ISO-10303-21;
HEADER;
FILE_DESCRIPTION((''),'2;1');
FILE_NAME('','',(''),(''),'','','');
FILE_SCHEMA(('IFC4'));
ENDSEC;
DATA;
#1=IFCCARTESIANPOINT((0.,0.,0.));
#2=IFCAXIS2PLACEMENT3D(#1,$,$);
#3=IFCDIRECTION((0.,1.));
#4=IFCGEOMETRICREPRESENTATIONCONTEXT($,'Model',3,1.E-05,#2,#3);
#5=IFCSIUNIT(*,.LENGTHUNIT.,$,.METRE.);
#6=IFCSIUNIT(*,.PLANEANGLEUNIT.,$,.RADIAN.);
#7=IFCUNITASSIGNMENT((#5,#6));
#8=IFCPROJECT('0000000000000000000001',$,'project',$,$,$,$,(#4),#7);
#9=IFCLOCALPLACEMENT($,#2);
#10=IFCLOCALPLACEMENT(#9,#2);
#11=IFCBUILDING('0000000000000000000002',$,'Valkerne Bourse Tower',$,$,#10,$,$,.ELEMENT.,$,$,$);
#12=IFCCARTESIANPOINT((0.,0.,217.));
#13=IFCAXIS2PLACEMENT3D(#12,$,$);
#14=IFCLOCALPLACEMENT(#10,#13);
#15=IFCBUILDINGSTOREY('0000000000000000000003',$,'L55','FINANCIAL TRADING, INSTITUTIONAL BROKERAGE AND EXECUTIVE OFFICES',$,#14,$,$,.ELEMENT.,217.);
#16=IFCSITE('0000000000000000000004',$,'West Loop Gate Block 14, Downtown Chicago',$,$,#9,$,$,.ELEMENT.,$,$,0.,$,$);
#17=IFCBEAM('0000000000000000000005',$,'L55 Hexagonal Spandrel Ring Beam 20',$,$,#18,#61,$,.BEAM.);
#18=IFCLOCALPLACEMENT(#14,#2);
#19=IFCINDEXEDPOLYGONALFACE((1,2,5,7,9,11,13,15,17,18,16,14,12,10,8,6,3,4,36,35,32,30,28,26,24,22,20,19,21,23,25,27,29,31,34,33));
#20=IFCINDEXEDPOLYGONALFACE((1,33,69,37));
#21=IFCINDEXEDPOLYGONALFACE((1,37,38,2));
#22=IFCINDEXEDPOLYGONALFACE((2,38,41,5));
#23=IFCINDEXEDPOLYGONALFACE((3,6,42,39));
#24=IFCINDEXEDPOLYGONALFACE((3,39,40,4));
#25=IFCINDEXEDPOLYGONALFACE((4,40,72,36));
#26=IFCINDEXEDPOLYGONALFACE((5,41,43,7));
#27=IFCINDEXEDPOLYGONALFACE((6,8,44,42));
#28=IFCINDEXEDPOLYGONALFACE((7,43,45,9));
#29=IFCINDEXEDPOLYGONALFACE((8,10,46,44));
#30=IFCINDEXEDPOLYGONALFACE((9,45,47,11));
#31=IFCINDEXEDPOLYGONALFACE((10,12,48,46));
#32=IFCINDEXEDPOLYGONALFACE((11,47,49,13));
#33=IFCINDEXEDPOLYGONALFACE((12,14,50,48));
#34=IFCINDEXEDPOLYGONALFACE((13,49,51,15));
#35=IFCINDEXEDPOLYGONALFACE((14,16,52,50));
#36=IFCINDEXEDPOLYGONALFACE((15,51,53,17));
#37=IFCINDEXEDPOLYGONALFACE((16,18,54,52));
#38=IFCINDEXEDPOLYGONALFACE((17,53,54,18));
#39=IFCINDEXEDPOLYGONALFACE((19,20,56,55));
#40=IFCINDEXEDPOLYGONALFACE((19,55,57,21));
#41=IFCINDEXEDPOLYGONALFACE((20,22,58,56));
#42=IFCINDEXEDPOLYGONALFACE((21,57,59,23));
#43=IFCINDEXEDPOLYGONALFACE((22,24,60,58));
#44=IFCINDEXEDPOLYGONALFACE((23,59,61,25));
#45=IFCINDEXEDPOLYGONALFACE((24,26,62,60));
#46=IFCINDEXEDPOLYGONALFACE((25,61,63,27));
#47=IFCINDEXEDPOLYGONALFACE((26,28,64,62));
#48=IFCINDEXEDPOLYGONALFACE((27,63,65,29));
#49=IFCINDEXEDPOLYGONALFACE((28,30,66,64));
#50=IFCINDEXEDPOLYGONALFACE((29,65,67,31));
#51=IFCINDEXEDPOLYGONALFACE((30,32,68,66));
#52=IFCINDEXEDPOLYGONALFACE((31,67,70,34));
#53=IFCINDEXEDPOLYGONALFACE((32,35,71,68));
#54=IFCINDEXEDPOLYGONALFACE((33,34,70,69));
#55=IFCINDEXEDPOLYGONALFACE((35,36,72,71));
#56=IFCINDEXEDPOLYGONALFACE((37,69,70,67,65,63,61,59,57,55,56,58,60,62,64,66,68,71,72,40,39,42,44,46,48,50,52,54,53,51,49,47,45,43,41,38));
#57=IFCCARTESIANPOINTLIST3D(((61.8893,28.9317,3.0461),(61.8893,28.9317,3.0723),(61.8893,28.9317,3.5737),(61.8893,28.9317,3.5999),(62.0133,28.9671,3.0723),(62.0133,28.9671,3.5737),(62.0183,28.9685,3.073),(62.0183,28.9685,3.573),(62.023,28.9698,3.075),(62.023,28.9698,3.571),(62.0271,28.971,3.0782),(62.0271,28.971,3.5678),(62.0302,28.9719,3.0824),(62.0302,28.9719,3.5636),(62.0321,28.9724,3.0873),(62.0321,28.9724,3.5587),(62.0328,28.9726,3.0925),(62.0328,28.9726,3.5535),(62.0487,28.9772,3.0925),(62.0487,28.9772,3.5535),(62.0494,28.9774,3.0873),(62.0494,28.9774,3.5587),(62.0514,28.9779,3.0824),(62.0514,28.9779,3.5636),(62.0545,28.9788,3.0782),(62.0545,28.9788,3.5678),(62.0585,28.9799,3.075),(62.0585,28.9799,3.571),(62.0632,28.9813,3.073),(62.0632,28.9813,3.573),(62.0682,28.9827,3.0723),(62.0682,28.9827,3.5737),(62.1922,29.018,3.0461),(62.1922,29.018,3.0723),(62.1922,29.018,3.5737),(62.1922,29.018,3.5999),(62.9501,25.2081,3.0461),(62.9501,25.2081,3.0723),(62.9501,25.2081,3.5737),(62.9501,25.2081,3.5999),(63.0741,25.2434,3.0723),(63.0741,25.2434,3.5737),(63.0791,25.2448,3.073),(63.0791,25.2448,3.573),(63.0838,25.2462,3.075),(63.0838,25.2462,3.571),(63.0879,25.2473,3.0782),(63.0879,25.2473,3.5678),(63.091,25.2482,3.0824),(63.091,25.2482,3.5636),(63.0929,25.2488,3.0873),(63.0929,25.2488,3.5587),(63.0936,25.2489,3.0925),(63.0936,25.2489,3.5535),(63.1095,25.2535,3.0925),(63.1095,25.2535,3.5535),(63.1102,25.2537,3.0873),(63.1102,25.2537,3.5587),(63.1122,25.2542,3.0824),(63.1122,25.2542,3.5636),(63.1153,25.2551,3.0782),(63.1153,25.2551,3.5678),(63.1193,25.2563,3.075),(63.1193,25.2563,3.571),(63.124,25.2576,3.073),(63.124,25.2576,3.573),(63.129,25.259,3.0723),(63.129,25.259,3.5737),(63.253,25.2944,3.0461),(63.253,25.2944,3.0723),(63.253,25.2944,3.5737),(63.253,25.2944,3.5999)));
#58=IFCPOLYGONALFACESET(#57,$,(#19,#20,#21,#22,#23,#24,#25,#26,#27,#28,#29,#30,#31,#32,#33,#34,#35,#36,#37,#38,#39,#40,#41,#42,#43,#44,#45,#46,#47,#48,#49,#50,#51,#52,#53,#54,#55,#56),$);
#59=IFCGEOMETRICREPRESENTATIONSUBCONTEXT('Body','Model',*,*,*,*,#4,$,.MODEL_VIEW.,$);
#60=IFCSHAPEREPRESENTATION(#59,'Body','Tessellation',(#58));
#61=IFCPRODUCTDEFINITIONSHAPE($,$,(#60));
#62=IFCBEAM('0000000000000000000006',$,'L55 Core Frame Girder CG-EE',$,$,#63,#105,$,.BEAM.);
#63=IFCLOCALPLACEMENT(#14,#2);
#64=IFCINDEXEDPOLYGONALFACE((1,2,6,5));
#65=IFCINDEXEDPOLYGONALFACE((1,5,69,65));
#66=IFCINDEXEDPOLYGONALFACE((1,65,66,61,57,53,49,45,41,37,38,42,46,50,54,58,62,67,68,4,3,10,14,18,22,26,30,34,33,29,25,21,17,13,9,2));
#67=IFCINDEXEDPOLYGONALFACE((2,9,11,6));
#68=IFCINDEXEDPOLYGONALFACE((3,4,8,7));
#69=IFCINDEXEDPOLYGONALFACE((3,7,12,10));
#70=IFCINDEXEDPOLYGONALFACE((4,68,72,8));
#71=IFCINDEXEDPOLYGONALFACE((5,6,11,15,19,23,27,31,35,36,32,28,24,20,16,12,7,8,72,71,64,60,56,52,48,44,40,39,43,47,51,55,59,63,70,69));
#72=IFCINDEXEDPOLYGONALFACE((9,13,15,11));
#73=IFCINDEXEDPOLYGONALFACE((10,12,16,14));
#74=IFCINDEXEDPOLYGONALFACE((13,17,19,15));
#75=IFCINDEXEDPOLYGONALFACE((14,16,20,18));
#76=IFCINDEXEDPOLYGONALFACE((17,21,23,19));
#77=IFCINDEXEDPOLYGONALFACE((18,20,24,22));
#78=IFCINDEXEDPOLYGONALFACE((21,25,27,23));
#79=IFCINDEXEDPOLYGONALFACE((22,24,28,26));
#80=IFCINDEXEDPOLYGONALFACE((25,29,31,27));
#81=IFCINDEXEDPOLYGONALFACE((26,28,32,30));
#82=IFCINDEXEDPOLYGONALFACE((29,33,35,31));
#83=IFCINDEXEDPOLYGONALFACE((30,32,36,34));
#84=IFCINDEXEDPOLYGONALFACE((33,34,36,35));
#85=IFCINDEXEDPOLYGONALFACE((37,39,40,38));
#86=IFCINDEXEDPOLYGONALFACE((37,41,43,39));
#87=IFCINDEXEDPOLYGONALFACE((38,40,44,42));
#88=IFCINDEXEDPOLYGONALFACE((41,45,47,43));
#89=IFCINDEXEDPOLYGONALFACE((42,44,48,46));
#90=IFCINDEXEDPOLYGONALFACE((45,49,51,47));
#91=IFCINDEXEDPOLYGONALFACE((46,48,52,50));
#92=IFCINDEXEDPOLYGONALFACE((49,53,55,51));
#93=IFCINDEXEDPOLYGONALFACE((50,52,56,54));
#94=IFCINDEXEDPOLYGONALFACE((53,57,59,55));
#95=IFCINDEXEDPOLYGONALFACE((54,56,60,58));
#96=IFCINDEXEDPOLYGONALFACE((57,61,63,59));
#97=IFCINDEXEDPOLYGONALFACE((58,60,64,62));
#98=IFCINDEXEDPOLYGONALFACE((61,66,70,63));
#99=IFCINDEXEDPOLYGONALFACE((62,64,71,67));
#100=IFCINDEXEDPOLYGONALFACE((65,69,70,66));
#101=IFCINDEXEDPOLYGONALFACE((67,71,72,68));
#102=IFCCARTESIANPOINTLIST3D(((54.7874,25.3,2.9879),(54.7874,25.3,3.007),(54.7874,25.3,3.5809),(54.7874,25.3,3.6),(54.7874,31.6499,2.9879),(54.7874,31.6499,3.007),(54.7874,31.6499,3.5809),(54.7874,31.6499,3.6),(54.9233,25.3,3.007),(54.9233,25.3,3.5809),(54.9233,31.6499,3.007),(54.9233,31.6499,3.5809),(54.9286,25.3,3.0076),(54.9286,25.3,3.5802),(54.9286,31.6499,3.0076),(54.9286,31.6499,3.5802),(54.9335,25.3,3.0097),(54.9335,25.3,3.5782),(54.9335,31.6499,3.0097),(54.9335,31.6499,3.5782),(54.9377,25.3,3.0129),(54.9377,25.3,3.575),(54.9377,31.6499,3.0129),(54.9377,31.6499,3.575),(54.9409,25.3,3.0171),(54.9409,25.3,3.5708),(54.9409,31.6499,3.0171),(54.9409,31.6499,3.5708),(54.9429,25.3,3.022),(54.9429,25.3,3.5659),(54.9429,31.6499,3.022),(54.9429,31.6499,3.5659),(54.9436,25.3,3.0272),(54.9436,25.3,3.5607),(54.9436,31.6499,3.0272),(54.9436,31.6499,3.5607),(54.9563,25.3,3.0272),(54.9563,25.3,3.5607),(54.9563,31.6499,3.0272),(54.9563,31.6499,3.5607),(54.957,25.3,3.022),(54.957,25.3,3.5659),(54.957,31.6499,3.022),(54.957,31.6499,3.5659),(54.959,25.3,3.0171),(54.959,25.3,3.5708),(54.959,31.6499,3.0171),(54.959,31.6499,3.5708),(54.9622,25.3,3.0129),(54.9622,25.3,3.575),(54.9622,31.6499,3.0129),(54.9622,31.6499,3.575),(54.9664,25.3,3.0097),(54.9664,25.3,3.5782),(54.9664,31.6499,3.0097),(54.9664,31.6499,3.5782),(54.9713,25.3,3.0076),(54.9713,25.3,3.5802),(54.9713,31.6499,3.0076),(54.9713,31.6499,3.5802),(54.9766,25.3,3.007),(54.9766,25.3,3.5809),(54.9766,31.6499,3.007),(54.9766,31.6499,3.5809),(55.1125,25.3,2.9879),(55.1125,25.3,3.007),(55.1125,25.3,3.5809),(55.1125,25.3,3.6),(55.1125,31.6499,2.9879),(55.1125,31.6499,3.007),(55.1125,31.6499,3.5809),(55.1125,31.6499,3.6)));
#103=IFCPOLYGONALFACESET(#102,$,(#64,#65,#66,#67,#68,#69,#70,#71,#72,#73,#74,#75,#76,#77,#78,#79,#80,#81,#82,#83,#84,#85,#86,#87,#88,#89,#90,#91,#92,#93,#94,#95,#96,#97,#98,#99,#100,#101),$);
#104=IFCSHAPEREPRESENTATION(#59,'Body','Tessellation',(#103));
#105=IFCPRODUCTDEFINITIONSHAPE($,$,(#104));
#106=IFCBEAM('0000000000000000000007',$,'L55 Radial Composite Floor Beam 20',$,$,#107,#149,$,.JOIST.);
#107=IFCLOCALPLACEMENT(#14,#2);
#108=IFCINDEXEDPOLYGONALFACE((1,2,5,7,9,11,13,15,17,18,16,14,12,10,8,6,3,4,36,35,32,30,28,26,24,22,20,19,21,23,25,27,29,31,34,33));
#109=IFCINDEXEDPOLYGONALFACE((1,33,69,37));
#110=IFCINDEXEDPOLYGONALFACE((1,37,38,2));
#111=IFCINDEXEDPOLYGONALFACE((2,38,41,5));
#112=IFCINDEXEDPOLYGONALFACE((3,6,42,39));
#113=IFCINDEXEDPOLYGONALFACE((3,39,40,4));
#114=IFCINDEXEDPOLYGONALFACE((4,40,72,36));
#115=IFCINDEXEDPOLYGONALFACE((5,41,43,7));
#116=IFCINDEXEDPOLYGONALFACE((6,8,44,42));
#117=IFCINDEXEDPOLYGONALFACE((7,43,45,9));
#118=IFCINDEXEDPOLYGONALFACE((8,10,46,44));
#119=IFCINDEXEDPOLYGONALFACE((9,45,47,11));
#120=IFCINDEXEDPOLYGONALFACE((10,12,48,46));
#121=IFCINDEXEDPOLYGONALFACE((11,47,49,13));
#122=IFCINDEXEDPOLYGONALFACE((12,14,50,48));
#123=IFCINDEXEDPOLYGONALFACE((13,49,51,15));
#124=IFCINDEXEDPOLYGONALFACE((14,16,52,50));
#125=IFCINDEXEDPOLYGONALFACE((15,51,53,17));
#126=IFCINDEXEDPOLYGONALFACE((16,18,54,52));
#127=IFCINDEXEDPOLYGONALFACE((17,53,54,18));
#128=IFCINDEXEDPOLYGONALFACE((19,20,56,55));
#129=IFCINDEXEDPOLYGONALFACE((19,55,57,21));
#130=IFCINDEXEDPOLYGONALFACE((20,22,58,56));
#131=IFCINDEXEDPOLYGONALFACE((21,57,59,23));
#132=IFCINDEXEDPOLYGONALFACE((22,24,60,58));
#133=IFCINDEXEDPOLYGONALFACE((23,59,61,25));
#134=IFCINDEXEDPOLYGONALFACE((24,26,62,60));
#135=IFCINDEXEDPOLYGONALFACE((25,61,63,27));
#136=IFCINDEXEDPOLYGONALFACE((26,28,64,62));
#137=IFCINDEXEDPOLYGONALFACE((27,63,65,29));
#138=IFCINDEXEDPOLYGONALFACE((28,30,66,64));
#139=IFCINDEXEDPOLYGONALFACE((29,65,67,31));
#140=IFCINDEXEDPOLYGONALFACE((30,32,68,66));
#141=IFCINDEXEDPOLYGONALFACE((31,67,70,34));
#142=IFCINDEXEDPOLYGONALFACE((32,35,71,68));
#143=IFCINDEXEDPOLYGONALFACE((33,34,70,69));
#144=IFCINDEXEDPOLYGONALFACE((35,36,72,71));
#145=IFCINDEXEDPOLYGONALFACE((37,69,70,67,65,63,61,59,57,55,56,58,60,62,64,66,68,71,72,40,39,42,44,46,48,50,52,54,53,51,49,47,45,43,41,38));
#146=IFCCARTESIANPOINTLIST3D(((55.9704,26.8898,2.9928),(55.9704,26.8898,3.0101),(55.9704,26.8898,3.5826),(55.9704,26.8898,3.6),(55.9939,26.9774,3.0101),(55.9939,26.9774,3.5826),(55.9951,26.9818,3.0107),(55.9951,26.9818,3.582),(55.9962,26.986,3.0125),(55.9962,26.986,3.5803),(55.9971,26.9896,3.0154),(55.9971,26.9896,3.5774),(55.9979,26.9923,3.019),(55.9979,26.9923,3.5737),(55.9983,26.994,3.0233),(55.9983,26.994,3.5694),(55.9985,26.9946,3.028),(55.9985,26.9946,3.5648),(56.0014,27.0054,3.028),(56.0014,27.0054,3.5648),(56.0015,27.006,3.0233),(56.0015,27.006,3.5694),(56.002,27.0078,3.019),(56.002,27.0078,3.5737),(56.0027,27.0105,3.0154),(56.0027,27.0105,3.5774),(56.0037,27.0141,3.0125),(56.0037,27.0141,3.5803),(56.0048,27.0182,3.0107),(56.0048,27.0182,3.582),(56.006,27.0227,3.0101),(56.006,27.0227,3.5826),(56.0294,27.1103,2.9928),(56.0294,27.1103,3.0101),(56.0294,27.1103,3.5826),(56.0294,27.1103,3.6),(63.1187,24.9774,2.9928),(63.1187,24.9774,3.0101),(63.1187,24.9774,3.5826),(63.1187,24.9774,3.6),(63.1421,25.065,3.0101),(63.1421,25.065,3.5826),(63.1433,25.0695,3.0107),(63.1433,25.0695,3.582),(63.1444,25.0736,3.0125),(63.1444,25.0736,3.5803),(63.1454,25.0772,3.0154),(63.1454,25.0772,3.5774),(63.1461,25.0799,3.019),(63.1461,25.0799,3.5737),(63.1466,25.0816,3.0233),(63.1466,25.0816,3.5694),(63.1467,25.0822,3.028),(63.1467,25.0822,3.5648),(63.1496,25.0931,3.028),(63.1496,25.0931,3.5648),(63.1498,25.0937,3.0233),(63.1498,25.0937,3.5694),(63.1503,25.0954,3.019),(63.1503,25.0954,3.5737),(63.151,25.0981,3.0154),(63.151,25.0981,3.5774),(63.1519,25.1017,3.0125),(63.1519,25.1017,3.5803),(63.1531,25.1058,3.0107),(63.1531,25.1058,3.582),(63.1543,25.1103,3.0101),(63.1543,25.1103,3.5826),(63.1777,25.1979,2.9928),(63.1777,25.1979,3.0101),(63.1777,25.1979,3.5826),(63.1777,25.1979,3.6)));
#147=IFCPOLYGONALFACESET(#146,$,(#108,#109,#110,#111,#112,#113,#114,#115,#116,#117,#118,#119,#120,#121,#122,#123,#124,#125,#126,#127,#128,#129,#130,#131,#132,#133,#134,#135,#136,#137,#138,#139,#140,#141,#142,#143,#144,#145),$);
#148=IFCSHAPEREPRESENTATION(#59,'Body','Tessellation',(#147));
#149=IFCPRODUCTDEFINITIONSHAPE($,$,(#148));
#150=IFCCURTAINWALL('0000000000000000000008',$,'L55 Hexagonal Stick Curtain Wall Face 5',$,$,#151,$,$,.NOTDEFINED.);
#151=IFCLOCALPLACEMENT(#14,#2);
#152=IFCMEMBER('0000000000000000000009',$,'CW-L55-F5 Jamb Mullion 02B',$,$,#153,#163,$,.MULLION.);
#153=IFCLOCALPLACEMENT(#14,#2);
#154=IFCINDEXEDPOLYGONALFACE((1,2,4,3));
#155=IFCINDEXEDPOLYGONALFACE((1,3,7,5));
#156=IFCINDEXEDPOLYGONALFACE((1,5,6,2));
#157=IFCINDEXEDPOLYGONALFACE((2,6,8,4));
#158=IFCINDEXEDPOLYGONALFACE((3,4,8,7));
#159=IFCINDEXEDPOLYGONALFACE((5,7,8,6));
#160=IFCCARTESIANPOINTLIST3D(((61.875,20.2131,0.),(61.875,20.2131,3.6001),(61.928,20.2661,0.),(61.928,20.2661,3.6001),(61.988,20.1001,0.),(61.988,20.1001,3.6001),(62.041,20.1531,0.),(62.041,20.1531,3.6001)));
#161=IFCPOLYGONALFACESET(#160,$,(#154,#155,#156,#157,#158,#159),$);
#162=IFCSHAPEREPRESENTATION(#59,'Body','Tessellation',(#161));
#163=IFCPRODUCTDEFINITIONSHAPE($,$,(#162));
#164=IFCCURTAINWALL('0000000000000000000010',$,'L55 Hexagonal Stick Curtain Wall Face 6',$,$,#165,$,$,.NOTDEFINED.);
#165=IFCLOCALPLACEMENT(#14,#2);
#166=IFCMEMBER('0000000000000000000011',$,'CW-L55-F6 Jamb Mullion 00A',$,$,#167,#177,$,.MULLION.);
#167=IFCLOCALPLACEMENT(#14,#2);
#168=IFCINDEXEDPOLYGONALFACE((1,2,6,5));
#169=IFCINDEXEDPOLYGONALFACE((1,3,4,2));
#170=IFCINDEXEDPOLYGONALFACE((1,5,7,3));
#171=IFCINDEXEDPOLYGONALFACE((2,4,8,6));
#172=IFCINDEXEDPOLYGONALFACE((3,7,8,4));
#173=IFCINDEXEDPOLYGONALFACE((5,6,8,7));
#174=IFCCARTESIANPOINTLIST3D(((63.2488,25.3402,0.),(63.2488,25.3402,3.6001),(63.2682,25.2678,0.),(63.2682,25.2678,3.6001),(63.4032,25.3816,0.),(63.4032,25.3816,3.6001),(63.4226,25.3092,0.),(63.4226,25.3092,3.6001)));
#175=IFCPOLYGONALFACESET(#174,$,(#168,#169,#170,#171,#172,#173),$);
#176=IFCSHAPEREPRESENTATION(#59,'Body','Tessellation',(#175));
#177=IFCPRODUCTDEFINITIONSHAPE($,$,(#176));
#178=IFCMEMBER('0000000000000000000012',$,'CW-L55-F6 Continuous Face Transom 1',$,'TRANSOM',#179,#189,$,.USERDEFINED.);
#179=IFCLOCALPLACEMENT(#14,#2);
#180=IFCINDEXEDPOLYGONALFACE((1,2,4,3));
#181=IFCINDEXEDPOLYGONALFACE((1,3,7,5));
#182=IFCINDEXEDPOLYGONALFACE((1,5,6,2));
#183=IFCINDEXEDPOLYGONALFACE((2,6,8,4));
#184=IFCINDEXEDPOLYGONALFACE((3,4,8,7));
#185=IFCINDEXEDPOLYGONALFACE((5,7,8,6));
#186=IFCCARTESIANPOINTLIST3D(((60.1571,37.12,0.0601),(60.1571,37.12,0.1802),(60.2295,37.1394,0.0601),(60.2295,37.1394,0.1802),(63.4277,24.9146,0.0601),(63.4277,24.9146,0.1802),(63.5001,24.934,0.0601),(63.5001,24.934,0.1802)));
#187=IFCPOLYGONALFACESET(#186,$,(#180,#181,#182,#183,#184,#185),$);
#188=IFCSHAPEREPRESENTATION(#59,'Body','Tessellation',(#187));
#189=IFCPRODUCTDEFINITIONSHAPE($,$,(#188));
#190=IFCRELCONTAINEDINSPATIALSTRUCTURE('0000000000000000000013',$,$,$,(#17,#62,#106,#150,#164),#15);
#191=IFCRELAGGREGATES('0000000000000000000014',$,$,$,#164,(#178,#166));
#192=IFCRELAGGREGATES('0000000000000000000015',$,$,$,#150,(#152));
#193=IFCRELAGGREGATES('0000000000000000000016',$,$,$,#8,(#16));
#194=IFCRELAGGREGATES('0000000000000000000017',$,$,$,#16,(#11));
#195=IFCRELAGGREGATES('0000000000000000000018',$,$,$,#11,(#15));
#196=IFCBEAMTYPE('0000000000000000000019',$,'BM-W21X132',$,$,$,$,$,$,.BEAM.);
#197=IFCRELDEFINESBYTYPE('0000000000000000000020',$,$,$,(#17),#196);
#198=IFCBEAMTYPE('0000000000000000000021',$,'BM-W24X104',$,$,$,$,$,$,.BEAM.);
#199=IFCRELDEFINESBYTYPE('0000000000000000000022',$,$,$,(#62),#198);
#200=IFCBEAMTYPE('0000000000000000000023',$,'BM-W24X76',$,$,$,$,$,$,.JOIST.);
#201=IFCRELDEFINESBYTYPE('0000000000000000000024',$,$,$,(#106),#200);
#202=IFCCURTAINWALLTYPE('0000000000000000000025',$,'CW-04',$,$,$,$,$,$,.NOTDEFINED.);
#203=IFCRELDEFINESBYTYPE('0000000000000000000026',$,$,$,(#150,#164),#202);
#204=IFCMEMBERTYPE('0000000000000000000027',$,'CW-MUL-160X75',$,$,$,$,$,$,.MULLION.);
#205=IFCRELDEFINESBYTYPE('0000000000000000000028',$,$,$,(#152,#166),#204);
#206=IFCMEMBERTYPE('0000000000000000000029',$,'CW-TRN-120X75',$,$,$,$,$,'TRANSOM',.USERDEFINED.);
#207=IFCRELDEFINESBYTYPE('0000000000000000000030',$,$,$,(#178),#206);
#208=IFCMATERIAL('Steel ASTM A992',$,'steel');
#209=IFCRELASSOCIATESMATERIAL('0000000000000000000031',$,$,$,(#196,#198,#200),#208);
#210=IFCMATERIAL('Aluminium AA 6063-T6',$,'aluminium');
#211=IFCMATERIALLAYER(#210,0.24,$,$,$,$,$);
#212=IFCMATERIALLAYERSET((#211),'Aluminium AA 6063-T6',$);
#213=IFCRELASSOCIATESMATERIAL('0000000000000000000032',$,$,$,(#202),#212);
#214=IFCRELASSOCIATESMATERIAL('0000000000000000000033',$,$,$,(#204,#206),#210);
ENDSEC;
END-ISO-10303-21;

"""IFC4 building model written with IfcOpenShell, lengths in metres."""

from ifc_helpers import new_model, si_unit, direction, frame, origin, origin_2d, place, context, subcontext, project, spatial, rectangle, i_section, extrude, material, layer, layer_set, material_profile, profile_set, type_object, element, aggregate, save


model = new_model("IFC4")

# Units and contexts
model_context = context("Model", 3, precision=1e-05, world=origin(), true_north=direction((0.0, 1.0)))
body_context = subcontext(model_context, "Body", "Model", "MODEL_VIEW")
ifc_project = project(units=[si_unit("LENGTHUNIT", "METRE"), si_unit("PLANEANGLEUNIT", "RADIAN")], contexts=[model_context])

# Site, building, storey
site_placement = place(None, origin())
site = spatial("IfcSite", under=ifc_project, at=site_placement, Name="West Loop Gate Block 14, Downtown Chicago", CompositionType="ELEMENT", RefElevation=0.0)
building_placement = place(site_placement, origin())
building = spatial("IfcBuilding", under=site, at=building_placement, Name="Valkerne Bourse Tower", CompositionType="ELEMENT")
storey_placement = place(building_placement, frame((0.0, 0.0, 217.0)))
storey = spatial("IfcBuildingStorey", under=building, at=storey_placement, Name="L55", Description="FINANCIAL TRADING, INSTITUTIONAL BROKERAGE AND EXECUTIVE OFFICES", CompositionType="ELEMENT", Elevation=217.0)

# Beams
ifc_material_1 = material(Name="Steel ASTM A992", Category="steel")
ifc_material_profile_1 = material_profile(ifc_material_1, i_section(OverallWidth=0.3149, OverallDepth=0.5537, WebThickness=0.0166, FlangeThickness=0.0261, FilletRadius=0.0203, at=origin_2d()), Name="W21X132")
ifc_profile_set_1 = profile_set([ifc_material_profile_1], Name="Steel ASTM A992")
beam_type_1 = type_object("IfcBeamType", Name="BM-W21X132", PredefinedType="BEAM", material=ifc_profile_set_1)
beam_1_placement = place(storey_placement, frame((63.1016, 25.2512, 3.323), z_axis=(-0.27398, 0.961735, 0.0), x_axis=(-0.961735, -0.27398, 0.0)))
element("IfcBeam", 1, at=beam_1_placement, inside=storey, type_object=beam_type_1, Name="L55 Hexagonal Spandrel Ring Beam 20", PredefinedType="BEAM", context=body_context, shape_type="SweptSolid", body=[
    extrude(i_section(OverallWidth=0.3149, OverallDepth=0.5537, WebThickness=0.0166, FlangeThickness=0.0261, FilletRadius=0.0203, at=origin_2d()), origin(), (0.0, 0.0, 1.0), 3.8718),
])
ifc_material_profile_2 = material_profile(ifc_material_1, i_section(OverallWidth=0.3252, OverallDepth=0.6121, WebThickness=0.0127, FlangeThickness=0.019, FilletRadius=0.0203, at=origin_2d()), Name="W24X104")
ifc_profile_set_2 = profile_set([ifc_material_profile_2], Name="Steel ASTM A992")
beam_type_2 = type_object("IfcBeamType", Name="BM-W24X104", PredefinedType="BEAM", material=ifc_profile_set_2)
beam_2_placement = place(storey_placement, frame((54.95, 25.3, 3.2939), z_axis=(0.0, 1.0, 0.0), x_axis=(-1.0, 0.0, 0.0)))
element("IfcBeam", 2, at=beam_2_placement, inside=storey, type_object=beam_type_2, Name="L55 Core Frame Girder CG-EE", PredefinedType="BEAM", context=body_context, shape_type="SweptSolid", body=[
    extrude(i_section(OverallWidth=0.3252, OverallDepth=0.6121, WebThickness=0.0127, FlangeThickness=0.019, FilletRadius=0.0203, at=origin_2d()), origin(), (0.0, 0.0, 1.0), 6.3499),
])
ifc_material_profile_3 = material_profile(ifc_material_1, i_section(OverallWidth=0.2283, OverallDepth=0.6072, WebThickness=0.0112, FlangeThickness=0.0173, FilletRadius=0.0178, at=origin_2d()), Name="W24X76")
ifc_profile_set_3 = profile_set([ifc_material_profile_3], Name="Steel ASTM A992")
beam_type_3 = type_object("IfcBeamType", Name="BM-W24X76", PredefinedType="JOIST", material=ifc_profile_set_3)
beam_3_placement = place(storey_placement, frame((63.1482, 25.0876, 3.2964), z_axis=(-0.966027, 0.258441, 0.0), x_axis=(-0.258441, -0.966027, 0.0)))
element("IfcBeam", 3, at=beam_3_placement, inside=storey, type_object=beam_type_3, Name="L55 Radial Composite Floor Beam 20", PredefinedType="JOIST", context=body_context, shape_type="SweptSolid", body=[
    extrude(i_section(OverallWidth=0.2283, OverallDepth=0.6072, WebThickness=0.0112, FlangeThickness=0.0173, FilletRadius=0.0178, at=origin_2d()), origin(), (0.0, 0.0, 1.0), 7.3997),
])

# Curtain wall, member
ifc_material_2 = material(Name="Aluminium AA 6063-T6", Category="aluminium")
ifc_layer_1 = layer(ifc_material_2, 0.24)
ifc_layer_set_1 = layer_set([ifc_layer_1], Name="Aluminium AA 6063-T6")
curtain_wall_type = type_object("IfcCurtainWallType", Name="CW-04", PredefinedType="NOTDEFINED", material=ifc_layer_set_1)
curtain_wall_1_placement = place(storey_placement, origin())
curtain_wall_1 = element("IfcCurtainWall", 4, at=curtain_wall_1_placement, inside=storey, type_object=curtain_wall_type, Name="L55 Hexagonal Stick Curtain Wall Face 5", PredefinedType="NOTDEFINED")
ifc_material_profile_4 = material_profile(ifc_material_2, rectangle(XDim=0.075, YDim=0.1599, at=origin_2d()), Name="CWM-75X160")
ifc_profile_set_4 = profile_set([ifc_material_profile_4], Name="Aluminium AA 6063-T6")
member_type_1 = type_object("IfcMemberType", Name="CW-MUL-160X75", PredefinedType="MULLION", material=ifc_profile_set_4)
member_1_placement = place(storey_placement, frame((61.958, 20.1831, 0.0), z_axis=(0.0, 0.0, 1.0), x_axis=(0.707095, 0.707119, 0.0)))
member_1 = element("IfcMember", 5, at=member_1_placement, type_object=member_type_1, Name="CW-L55-F5 Jamb Mullion 02B", PredefinedType="MULLION", context=body_context, shape_type="SweptSolid", body=[
    extrude(rectangle(XDim=0.075, YDim=0.1599, at=origin_2d()), origin(), (0.0, 0.0, 1.0), 3.6001),
])

# Curtain wall, members
curtain_wall_2_placement = place(storey_placement, origin())
curtain_wall_2 = element("IfcCurtainWall", 6, at=curtain_wall_2_placement, inside=storey, type_object=curtain_wall_type, Name="L55 Hexagonal Stick Curtain Wall Face 6", PredefinedType="NOTDEFINED")
member_2_placement = place(storey_placement, frame((63.3357, 25.3247, 0.0), z_axis=(0.0, 0.0, 1.0), x_axis=(-0.25883, 0.965923, 0.0)))
member_2 = element("IfcMember", 7, at=member_2_placement, type_object=member_type_1, Name="CW-L55-F6 Jamb Mullion 00A", PredefinedType="MULLION", context=body_context, shape_type="SweptSolid", body=[
    extrude(rectangle(XDim=0.075, YDim=0.1599, at=origin_2d()), origin(), (0.0, 0.0, 1.0), 3.6001),
])
ifc_material_profile_5 = material_profile(ifc_material_2, rectangle(XDim=0.075, YDim=0.1201, at=origin_2d()), Name="CWT-75X120")
ifc_profile_set_5 = profile_set([ifc_material_profile_5], Name="Aluminium AA 6063-T6")
member_type_2 = type_object("IfcMemberType", Name="CW-TRN-120X75", ElementType="TRANSOM", PredefinedType="USERDEFINED", material=ifc_profile_set_5)
member_3_placement = place(storey_placement, frame((63.4639, 24.9243, 0.1201), z_axis=(-0.258827, 0.965924, 0.0), x_axis=(-0.965924, -0.258827, 0.0)))
member_3 = element("IfcMember", 8, at=member_3_placement, type_object=member_type_2, Name="CW-L55-F6 Continuous Face Transom 1", ObjectType="TRANSOM", PredefinedType="USERDEFINED", context=body_context, shape_type="SweptSolid", body=[
    extrude(rectangle(XDim=0.075, YDim=0.1201, at=origin_2d()), origin(), (0.0, 0.0, 1.0), 12.636),
])
aggregate(curtain_wall_2, [member_3, member_2])

aggregate(curtain_wall_1, [member_1])

save(model, "model.ifc")
